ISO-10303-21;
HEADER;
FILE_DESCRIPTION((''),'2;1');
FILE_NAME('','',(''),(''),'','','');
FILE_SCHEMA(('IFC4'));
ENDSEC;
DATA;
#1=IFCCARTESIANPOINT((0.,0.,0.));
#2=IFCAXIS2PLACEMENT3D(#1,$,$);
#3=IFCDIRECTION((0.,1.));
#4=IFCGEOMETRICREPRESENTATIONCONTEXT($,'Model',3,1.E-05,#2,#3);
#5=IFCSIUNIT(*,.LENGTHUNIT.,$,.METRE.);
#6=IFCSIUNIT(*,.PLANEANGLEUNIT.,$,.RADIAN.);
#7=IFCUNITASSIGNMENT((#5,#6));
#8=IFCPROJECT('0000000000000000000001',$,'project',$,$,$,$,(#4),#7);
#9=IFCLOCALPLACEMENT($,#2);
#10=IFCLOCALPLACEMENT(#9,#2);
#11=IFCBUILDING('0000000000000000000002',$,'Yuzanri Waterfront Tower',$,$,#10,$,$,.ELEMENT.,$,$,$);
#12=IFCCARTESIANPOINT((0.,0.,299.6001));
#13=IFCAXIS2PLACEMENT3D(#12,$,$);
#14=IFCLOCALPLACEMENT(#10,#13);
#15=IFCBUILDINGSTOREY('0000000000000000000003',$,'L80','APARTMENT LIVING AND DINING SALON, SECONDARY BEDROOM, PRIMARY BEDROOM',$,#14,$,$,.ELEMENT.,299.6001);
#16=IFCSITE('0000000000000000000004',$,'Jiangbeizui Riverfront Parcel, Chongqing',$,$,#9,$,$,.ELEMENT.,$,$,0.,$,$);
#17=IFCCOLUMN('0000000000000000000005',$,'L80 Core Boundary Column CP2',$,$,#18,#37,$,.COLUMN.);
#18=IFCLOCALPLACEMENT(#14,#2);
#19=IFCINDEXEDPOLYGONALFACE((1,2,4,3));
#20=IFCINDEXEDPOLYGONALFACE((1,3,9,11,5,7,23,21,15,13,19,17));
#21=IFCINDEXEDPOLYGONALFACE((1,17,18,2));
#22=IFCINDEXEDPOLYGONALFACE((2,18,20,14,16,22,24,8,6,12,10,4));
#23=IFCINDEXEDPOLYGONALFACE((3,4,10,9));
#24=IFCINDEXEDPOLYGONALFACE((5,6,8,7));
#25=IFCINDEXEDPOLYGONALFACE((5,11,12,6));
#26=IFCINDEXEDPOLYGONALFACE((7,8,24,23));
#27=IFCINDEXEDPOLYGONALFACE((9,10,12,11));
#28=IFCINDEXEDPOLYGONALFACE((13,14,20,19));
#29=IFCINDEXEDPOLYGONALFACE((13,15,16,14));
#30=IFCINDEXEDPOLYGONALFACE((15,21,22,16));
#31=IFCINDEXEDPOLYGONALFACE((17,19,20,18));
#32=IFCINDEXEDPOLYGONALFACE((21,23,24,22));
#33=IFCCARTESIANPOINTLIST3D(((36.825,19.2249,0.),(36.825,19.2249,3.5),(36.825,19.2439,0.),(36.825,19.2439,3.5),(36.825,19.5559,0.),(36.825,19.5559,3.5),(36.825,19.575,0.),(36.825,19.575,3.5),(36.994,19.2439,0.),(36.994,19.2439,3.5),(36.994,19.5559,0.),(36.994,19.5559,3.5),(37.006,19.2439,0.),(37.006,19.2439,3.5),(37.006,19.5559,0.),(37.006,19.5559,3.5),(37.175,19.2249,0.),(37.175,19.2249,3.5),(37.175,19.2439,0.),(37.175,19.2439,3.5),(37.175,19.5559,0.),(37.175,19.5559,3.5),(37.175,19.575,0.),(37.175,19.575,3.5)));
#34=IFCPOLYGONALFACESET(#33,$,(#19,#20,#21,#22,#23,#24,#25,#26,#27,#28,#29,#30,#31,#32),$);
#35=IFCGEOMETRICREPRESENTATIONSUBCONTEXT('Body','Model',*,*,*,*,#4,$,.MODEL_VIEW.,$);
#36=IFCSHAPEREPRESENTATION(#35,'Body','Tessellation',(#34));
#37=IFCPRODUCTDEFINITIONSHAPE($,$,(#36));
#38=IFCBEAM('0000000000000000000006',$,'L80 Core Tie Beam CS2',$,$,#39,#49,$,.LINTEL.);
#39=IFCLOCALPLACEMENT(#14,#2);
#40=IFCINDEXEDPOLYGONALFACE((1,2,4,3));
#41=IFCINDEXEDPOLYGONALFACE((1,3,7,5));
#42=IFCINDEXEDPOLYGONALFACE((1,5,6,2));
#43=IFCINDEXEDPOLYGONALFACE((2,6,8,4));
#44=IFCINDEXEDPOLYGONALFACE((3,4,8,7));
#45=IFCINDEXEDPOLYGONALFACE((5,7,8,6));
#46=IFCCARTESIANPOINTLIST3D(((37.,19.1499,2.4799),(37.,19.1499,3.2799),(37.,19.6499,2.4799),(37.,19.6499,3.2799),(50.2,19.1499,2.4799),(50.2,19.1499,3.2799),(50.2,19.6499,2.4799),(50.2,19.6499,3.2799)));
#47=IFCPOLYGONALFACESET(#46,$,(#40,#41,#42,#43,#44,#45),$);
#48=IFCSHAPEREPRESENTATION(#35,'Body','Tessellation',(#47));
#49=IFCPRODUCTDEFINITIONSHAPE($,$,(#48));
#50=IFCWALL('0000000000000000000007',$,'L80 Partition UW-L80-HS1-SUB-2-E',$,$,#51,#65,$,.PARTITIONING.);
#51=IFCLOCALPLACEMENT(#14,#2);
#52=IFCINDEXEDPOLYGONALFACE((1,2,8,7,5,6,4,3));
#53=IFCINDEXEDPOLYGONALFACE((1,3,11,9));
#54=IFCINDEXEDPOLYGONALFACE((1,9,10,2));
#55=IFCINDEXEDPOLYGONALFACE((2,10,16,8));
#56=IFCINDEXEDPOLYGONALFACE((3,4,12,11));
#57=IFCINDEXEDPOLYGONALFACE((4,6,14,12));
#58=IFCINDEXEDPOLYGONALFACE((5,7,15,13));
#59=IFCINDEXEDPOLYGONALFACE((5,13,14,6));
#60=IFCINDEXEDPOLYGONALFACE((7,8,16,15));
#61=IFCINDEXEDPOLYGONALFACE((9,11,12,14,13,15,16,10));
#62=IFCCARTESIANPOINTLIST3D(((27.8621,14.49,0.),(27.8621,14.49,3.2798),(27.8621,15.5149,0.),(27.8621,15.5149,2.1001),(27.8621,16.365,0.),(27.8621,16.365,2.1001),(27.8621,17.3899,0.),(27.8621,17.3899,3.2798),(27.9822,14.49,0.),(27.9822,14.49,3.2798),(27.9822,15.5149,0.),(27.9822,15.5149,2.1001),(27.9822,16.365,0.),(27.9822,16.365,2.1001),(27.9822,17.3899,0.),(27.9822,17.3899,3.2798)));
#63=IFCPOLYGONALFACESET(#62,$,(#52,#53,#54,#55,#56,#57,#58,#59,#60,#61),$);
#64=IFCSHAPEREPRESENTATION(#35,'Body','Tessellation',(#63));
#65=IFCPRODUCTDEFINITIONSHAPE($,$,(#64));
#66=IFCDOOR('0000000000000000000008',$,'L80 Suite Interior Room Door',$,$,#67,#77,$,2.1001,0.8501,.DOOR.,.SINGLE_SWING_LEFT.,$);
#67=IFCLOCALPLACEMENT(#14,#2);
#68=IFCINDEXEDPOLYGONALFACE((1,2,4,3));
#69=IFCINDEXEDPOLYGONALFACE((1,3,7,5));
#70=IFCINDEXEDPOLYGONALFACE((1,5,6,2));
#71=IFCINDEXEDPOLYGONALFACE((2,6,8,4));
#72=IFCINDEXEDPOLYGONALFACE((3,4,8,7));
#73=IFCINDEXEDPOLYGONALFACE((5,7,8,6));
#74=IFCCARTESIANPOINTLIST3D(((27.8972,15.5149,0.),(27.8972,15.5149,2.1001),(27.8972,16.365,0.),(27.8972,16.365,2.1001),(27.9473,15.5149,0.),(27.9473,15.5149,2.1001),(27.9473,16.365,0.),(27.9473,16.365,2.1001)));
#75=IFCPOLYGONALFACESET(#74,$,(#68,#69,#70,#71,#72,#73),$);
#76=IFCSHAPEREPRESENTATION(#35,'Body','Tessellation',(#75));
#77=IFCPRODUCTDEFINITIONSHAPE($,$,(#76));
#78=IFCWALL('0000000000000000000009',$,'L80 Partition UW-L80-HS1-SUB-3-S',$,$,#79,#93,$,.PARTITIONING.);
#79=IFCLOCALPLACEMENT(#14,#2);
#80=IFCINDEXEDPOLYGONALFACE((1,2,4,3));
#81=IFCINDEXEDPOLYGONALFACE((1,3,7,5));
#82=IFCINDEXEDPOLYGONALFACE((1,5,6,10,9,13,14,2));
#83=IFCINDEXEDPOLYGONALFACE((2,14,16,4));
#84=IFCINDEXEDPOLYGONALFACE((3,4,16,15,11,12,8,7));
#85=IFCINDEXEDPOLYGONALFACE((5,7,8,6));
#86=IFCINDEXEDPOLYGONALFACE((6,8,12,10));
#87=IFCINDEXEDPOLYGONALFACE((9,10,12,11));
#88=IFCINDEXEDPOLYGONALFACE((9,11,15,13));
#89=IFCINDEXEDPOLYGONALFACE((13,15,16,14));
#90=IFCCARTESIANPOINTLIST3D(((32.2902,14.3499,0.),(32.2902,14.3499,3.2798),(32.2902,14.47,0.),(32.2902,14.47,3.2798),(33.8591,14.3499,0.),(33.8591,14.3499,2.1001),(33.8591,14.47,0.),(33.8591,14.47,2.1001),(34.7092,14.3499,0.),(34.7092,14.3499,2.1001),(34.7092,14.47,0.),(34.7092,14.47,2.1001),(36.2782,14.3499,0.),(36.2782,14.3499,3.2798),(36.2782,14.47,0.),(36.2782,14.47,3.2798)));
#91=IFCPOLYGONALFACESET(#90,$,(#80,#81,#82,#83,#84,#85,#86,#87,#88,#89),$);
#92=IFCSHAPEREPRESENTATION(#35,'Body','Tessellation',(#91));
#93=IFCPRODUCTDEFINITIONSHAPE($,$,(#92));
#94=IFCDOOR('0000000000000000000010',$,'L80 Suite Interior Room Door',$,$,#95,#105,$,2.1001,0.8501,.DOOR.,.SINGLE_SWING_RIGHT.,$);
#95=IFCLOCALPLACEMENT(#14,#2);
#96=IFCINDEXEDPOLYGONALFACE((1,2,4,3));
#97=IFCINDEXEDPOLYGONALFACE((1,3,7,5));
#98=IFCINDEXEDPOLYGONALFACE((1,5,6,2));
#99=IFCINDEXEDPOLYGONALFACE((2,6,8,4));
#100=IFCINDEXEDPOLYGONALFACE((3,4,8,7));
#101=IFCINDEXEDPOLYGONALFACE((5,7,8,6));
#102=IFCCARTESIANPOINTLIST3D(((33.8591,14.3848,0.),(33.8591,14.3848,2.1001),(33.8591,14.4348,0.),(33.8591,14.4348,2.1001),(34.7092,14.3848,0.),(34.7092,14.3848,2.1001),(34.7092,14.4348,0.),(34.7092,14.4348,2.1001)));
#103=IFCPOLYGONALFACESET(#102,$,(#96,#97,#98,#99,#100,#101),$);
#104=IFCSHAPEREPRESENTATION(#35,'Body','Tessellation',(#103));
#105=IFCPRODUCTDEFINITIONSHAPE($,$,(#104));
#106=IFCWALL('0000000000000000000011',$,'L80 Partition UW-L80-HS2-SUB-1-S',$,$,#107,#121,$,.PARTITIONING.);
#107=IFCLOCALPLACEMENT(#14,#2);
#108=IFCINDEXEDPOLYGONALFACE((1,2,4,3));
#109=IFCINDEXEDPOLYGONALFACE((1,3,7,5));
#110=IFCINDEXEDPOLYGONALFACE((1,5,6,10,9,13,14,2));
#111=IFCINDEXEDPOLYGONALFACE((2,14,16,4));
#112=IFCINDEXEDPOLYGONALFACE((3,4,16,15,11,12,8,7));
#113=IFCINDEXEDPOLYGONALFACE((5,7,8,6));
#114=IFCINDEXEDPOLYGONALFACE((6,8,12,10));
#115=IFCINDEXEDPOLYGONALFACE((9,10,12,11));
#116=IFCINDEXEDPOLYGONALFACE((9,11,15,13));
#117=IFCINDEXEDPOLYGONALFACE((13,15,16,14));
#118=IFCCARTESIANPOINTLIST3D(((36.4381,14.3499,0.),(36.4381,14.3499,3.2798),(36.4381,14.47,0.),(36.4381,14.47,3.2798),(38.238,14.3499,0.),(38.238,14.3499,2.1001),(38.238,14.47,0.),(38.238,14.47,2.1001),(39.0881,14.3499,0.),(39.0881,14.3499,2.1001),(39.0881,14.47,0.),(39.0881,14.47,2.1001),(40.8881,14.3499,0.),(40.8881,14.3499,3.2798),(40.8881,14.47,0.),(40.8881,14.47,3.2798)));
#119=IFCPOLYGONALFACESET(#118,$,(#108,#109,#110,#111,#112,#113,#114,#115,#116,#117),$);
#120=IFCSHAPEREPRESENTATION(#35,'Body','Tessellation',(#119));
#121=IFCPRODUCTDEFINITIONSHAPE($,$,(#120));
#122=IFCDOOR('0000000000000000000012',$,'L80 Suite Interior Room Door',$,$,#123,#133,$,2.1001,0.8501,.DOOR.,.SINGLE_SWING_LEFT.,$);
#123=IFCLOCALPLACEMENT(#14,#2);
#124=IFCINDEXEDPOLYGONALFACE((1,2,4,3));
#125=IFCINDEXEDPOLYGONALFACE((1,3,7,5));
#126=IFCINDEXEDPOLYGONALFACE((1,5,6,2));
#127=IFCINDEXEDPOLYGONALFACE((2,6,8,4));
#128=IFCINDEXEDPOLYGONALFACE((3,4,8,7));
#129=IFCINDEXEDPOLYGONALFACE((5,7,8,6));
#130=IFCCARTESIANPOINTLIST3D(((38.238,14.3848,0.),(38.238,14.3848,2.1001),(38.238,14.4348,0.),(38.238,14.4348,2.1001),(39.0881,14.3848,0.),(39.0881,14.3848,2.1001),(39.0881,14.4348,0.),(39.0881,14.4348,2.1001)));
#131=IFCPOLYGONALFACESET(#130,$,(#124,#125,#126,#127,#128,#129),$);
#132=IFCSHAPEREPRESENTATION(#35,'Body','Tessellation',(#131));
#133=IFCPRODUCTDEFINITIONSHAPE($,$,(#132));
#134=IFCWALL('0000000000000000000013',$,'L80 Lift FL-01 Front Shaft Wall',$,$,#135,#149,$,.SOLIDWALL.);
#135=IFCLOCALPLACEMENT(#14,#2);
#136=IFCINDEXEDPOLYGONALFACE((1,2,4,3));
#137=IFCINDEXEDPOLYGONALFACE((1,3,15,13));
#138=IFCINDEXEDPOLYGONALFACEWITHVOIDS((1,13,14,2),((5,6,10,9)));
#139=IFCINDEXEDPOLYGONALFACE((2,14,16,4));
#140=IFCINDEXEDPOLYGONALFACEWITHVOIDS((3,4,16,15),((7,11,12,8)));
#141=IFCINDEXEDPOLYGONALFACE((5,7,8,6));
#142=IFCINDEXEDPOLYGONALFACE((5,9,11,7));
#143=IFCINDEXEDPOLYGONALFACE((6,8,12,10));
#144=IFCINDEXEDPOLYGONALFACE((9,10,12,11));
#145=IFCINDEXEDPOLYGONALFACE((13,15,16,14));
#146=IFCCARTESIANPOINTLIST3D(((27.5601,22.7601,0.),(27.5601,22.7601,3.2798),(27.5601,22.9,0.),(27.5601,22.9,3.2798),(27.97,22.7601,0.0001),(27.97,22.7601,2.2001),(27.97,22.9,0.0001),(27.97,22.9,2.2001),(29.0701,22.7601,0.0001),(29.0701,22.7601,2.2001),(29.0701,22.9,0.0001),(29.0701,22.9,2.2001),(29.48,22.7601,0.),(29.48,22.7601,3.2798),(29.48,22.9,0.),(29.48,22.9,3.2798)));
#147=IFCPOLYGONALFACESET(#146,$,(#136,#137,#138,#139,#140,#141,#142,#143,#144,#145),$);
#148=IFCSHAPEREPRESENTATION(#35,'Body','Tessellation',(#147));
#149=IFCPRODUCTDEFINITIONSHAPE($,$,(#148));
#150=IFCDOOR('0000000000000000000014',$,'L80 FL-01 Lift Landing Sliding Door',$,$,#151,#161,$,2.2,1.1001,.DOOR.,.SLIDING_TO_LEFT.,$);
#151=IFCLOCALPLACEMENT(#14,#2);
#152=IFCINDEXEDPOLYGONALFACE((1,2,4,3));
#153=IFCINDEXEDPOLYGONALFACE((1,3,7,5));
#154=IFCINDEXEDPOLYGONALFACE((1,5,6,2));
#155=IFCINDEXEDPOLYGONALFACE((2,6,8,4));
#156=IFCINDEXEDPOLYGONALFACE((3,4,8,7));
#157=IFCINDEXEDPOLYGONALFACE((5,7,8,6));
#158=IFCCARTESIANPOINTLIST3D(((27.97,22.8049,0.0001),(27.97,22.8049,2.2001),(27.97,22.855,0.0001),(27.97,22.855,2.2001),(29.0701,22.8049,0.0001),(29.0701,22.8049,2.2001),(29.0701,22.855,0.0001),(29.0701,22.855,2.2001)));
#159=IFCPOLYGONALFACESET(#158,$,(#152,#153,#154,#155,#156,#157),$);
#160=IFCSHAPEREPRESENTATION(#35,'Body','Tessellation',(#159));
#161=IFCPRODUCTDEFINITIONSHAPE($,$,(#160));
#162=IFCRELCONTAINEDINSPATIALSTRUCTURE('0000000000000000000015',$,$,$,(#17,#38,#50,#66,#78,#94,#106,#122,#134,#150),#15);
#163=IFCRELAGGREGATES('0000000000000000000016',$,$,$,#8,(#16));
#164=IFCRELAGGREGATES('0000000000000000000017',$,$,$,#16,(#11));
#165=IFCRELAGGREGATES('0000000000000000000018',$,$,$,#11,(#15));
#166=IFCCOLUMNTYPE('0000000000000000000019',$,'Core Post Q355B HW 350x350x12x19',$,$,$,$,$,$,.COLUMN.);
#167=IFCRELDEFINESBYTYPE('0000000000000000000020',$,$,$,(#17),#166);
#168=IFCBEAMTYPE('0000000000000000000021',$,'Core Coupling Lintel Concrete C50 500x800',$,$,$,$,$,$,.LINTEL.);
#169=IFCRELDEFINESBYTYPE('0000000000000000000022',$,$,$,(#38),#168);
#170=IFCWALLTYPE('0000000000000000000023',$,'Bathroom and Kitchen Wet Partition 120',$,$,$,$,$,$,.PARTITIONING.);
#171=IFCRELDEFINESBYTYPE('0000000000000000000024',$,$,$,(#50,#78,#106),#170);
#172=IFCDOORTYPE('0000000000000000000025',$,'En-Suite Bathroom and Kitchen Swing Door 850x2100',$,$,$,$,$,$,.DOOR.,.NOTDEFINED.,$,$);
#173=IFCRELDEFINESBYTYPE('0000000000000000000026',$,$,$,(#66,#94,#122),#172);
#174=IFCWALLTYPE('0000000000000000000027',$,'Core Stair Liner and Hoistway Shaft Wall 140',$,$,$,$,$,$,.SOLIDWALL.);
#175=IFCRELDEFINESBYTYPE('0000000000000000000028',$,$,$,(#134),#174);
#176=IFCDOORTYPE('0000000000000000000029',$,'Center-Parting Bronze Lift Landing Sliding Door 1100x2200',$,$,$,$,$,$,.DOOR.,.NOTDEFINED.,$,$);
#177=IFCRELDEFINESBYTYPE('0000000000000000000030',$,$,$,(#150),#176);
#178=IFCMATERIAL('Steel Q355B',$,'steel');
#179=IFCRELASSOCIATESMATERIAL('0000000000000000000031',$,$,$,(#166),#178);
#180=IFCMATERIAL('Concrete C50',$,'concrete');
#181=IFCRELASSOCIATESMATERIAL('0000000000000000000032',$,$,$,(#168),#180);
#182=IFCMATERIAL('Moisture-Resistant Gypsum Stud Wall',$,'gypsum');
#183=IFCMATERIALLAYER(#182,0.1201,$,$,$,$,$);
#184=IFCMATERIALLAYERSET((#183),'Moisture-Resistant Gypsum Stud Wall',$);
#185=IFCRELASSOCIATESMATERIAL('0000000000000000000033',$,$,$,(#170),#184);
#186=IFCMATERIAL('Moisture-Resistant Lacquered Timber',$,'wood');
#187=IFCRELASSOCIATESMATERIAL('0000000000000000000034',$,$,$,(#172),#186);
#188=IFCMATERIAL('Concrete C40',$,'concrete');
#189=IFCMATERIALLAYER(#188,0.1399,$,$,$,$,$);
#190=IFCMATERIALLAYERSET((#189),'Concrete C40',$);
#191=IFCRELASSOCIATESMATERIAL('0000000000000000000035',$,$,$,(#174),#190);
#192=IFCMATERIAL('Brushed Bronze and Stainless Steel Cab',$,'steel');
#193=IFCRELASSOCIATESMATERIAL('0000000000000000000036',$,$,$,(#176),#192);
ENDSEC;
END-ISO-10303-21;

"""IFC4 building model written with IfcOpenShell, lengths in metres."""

from ifc_helpers import new_model, si_unit, direction, frame, frame_2d, origin, origin_2d, place, context, subcontext, project, spatial, rectangle, i_section, extrude, source, transform, mapped, material, layer, layer_set, material_profile, profile_set, type_object, element, fill, save


model = new_model("IFC4")

# Units and contexts
model_context = context("Model", 3, precision=1e-05, world=origin(), true_north=direction((0.0, 1.0)))
body_context = subcontext(model_context, "Body", "Model", "MODEL_VIEW")
ifc_project = project(units=[si_unit("LENGTHUNIT", "METRE"), si_unit("PLANEANGLEUNIT", "RADIAN")], contexts=[model_context])

# Site, building, storey
site_placement = place(None, origin())
site = spatial("IfcSite", under=ifc_project, at=site_placement, Name="Jiangbeizui Riverfront Parcel, Chongqing", CompositionType="ELEMENT", RefElevation=0.0)
building_placement = place(site_placement, origin())
building = spatial("IfcBuilding", under=site, at=building_placement, Name="Yuzanri Waterfront Tower", CompositionType="ELEMENT")
storey_placement = place(building_placement, frame((0.0, 0.0, 299.6001)))
storey = spatial("IfcBuildingStorey", under=building, at=storey_placement, Name="L80", Description="APARTMENT LIVING AND DINING SALON, SECONDARY BEDROOM, PRIMARY BEDROOM", CompositionType="ELEMENT", Elevation=299.6001)

# Column
ifc_material_1 = material(Name="Steel Q355B", Category="steel")
ifc_material_profile_1 = material_profile(ifc_material_1, i_section(OverallWidth=0.3501, OverallDepth=0.3501, WebThickness=0.012, FlangeThickness=0.019, at=origin_2d()), Name="HW 350x350x12x19")
ifc_profile_set_1 = profile_set([ifc_material_profile_1], Name="Steel Q355B")
column_type = type_object("IfcColumnType", Name="Core Post Q355B HW 350x350x12x19", PredefinedType="COLUMN", material=ifc_profile_set_1)
shared_shape_1 = source(origin(), body_context, "Body", "SweptSolid", [
    extrude(i_section(OverallWidth=0.3501, OverallDepth=0.3501, WebThickness=0.012, FlangeThickness=0.019, at=origin_2d()), origin(), (0.0, 0.0, 1.0), 3.5),
])
column_placement = place(storey_placement, frame((37.0, 19.3999, 0.0), z_axis=(0.0, 0.0, 1.0), x_axis=(1.0, 0.0, 0.0)))
element("IfcColumn", 1, at=column_placement, inside=storey, type_object=column_type, Name="L80 Core Boundary Column CP2", PredefinedType="COLUMN", context=body_context, shape_type="MappedRepresentation", body=[
    mapped(shared_shape_1, transform((0.0, 0.0, 0.0), scale=1.0)),
])

# Beam
ifc_material_2 = material(Name="Concrete C50", Category="concrete")
ifc_material_profile_2 = material_profile(ifc_material_2, rectangle(XDim=0.5, YDim=0.8, at=origin_2d()), Name="RC 500x800")
ifc_profile_set_2 = profile_set([ifc_material_profile_2], Name="Concrete C50")
beam_type = type_object("IfcBeamType", Name="Core Coupling Lintel Concrete C50 500x800", PredefinedType="LINTEL", material=ifc_profile_set_2)
shared_shape_2 = source(origin(), body_context, "Body", "SweptSolid", [
    extrude(rectangle(XDim=0.5, YDim=0.8, at=origin_2d()), origin(), (0.0, 0.0, 1.0), 13.2),
])
beam_placement = place(storey_placement, frame((37.0, 19.3999, 2.8799), z_axis=(1.0, 0.0, 0.0), x_axis=(0.0, 1.0, 0.0)))
element("IfcBeam", 2, at=beam_placement, inside=storey, type_object=beam_type, Name="L80 Core Tie Beam CS2", PredefinedType="LINTEL", context=body_context, shape_type="MappedRepresentation", body=[
    mapped(shared_shape_2, transform((0.0, 0.0, 0.0), scale=1.0)),
])

# Walls, openings, doors
ifc_material_3 = material(Name="Moisture-Resistant Gypsum Stud Wall", Category="gypsum")
ifc_layer_1 = layer(ifc_material_3, 0.1201)
ifc_layer_set_1 = layer_set([ifc_layer_1], Name="Moisture-Resistant Gypsum Stud Wall")
wall_type_1 = type_object("IfcWallType", Name="Bathroom and Kitchen Wet Partition 120", PredefinedType="PARTITIONING", material=ifc_layer_set_1)
wall_1_placement = place(storey_placement, frame((27.9221, 14.49, 0.0), z_axis=(0.0, 0.0, 1.0), x_axis=(0.0, 1.0, 0.0)))
wall_1 = element("IfcWall", 3, at=wall_1_placement, inside=storey, type_object=wall_type_1, Name="L80 Partition UW-L80-HS1-SUB-2-E", PredefinedType="PARTITIONING", context=body_context, shape_type="SweptSolid", body=[
    extrude(rectangle(XDim=2.8999, YDim=0.1201, at=frame_2d((1.45, 0.0))), origin(), (0.0, 0.0, 1.0), 3.2798),
])
opening_1_placement = place(wall_1_placement, frame((1.0249, 0.0, 0.0)))
opening_1 = element("IfcOpeningElement", 4, at=opening_1_placement, cuts=wall_1, PredefinedType="OPENING", context=body_context, shape_type="SweptSolid", body=[
    extrude(rectangle(XDim=0.8501, YDim=2.1001, at=frame_2d((0.425, 1.05))), frame((0.0, 0.075, 0.0), z_axis=(0.0, -1.0, 0.0), x_axis=(1.0, 0.0, 0.0)), (0.0, 0.0, 1.0), 0.1499),
])
ifc_material_4 = material(Name="Moisture-Resistant Lacquered Timber", Category="wood")
door_type_1 = type_object("IfcDoorType", Name="En-Suite Bathroom and Kitchen Swing Door 850x2100", OperationType="NOTDEFINED", PredefinedType="DOOR", material=ifc_material_4)
shared_shape_3 = source(origin(), body_context, "Body", "SweptSolid", [
    extrude(rectangle(XDim=0.8501, YDim=2.1001, at=frame_2d((0.425, 1.05))), frame((0.0, 0.0249, 0.0), z_axis=(0.0, -1.0, 0.0), x_axis=(1.0, 0.0, 0.0)), (0.0, 0.0, 1.0), 0.05),
])
door_1_placement = place(opening_1_placement, origin())
door_1 = element("IfcDoor", 5, at=door_1_placement, inside=storey, type_object=door_type_1, Name="L80 Suite Interior Room Door", OperationType="SINGLE_SWING_LEFT", OverallHeight=2.1001, OverallWidth=0.8501, PredefinedType="DOOR", context=body_context, shape_type="MappedRepresentation", body=[
    mapped(shared_shape_3, transform((0.0, 0.0, 0.0), scale=1.0)),
])
fill(opening_1, door_1)
wall_2_placement = place(storey_placement, frame((32.29, 14.4099, 0.0), z_axis=(0.0, 0.0, 1.0), x_axis=(1.0, 0.0, 0.0)))
wall_2 = element("IfcWall", 6, at=wall_2_placement, inside=storey, type_object=wall_type_1, Name="L80 Partition UW-L80-HS1-SUB-3-S", PredefinedType="PARTITIONING", context=body_context, shape_type="SweptSolid", body=[
    extrude(rectangle(XDim=3.988, YDim=0.1201, at=frame_2d((1.9941, 0.0))), origin(), (0.0, 0.0, 1.0), 3.2798),
])
opening_2_placement = place(wall_2_placement, frame((1.5691, 0.0, 0.0)))
opening_2 = element("IfcOpeningElement", 7, at=opening_2_placement, cuts=wall_2, PredefinedType="OPENING", context=body_context, shape_type="SweptSolid", body=[
    extrude(rectangle(XDim=0.8501, YDim=2.1001, at=frame_2d((0.425, 1.05))), frame((0.0, 0.075, 0.0), z_axis=(0.0, -1.0, 0.0), x_axis=(1.0, 0.0, 0.0)), (0.0, 0.0, 1.0), 0.1499),
])
door_2_placement = place(opening_2_placement, origin())
door_2 = element("IfcDoor", 8, at=door_2_placement, inside=storey, type_object=door_type_1, Name="L80 Suite Interior Room Door", OperationType="SINGLE_SWING_RIGHT", OverallHeight=2.1001, OverallWidth=0.8501, PredefinedType="DOOR", context=body_context, shape_type="MappedRepresentation", body=[
    mapped(shared_shape_3, transform((0.0, 0.0, 0.0), scale=1.0)),
])
fill(opening_2, door_2)
wall_3_placement = place(storey_placement, frame((36.438, 14.4099, 0.0), z_axis=(0.0, 0.0, 1.0), x_axis=(1.0, 0.0, 0.0)))
wall_3 = element("IfcWall", 9, at=wall_3_placement, inside=storey, type_object=wall_type_1, Name="L80 Partition UW-L80-HS2-SUB-1-S", PredefinedType="PARTITIONING", context=body_context, shape_type="SweptSolid", body=[
    extrude(rectangle(XDim=4.45, YDim=0.1201, at=frame_2d((2.2251, 0.0))), origin(), (0.0, 0.0, 1.0), 3.2798),
])
opening_3_placement = place(wall_3_placement, frame((1.8, 0.0, 0.0)))
opening_3 = element("IfcOpeningElement", 10, at=opening_3_placement, cuts=wall_3, PredefinedType="OPENING", context=body_context, shape_type="SweptSolid", body=[
    extrude(rectangle(XDim=0.8501, YDim=2.1001, at=frame_2d((0.425, 1.05))), frame((0.0, 0.075, 0.0), z_axis=(0.0, -1.0, 0.0), x_axis=(1.0, 0.0, 0.0)), (0.0, 0.0, 1.0), 0.1499),
])
door_3_placement = place(opening_3_placement, origin())
door_3 = element("IfcDoor", 11, at=door_3_placement, inside=storey, type_object=door_type_1, Name="L80 Suite Interior Room Door", OperationType="SINGLE_SWING_LEFT", OverallHeight=2.1001, OverallWidth=0.8501, PredefinedType="DOOR", context=body_context, shape_type="MappedRepresentation", body=[
    mapped(shared_shape_3, transform((0.0, 0.0, 0.0), scale=1.0)),
])
fill(opening_3, door_3)
ifc_material_5 = material(Name="Concrete C40", Category="concrete")
ifc_layer_2 = layer(ifc_material_5, 0.1399)
ifc_layer_set_2 = layer_set([ifc_layer_2], Name="Concrete C40")
wall_type_2 = type_object("IfcWallType", Name="Core Stair Liner and Hoistway Shaft Wall 140", PredefinedType="SOLIDWALL", material=ifc_layer_set_2)
wall_4_placement = place(storey_placement, frame((27.5601, 22.8301, 0.0), z_axis=(0.0, 0.0, 1.0), x_axis=(1.0, 0.0, 0.0)))
wall_4 = element("IfcWall", 12, at=wall_4_placement, inside=storey, type_object=wall_type_2, Name="L80 Lift FL-01 Front Shaft Wall", PredefinedType="SOLIDWALL", context=body_context, shape_type="SweptSolid", body=[
    extrude(rectangle(XDim=1.9199, YDim=0.1399, at=frame_2d((0.96, 0.0))), origin(), (0.0, 0.0, 1.0), 3.2798),
])
opening_4_placement = place(wall_4_placement, frame((0.4099, 0.0, 0.0)))
opening_4 = element("IfcOpeningElement", 13, at=opening_4_placement, cuts=wall_4, PredefinedType="OPENING", context=body_context, shape_type="SweptSolid", body=[
    extrude(rectangle(XDim=1.1001, YDim=2.2, at=frame_2d((0.55, 1.1001))), frame((0.0, 0.085, 0.0), z_axis=(0.0, -1.0, 0.0), x_axis=(1.0, 0.0, 0.0)), (0.0, 0.0, 1.0), 0.1697),
])
ifc_material_6 = material(Name="Brushed Bronze and Stainless Steel Cab", Category="steel")
door_type_2 = type_object("IfcDoorType", Name="Center-Parting Bronze Lift Landing Sliding Door 1100x2200", OperationType="NOTDEFINED", PredefinedType="DOOR", material=ifc_material_6)
shared_shape_4 = source(origin(), body_context, "Body", "SweptSolid", [
    extrude(rectangle(XDim=1.1001, YDim=2.2, at=frame_2d((0.55, 1.1001))), frame((0.0, 0.0249, 0.0), z_axis=(0.0, -1.0, 0.0), x_axis=(1.0, 0.0, 0.0)), (0.0, 0.0, 1.0), 0.05),
])
door_4_placement = place(opening_4_placement, origin())
door_4 = element("IfcDoor", 14, at=door_4_placement, inside=storey, type_object=door_type_2, Name="L80 FL-01 Lift Landing Sliding Door", OperationType="SLIDING_TO_LEFT", OverallHeight=2.2, OverallWidth=1.1001, PredefinedType="DOOR", context=body_context, shape_type="MappedRepresentation", body=[
    mapped(shared_shape_4, transform((0.0, 0.0, 0.0), scale=1.0)),
])
fill(opening_4, door_4)

save(model, "model.ifc")
